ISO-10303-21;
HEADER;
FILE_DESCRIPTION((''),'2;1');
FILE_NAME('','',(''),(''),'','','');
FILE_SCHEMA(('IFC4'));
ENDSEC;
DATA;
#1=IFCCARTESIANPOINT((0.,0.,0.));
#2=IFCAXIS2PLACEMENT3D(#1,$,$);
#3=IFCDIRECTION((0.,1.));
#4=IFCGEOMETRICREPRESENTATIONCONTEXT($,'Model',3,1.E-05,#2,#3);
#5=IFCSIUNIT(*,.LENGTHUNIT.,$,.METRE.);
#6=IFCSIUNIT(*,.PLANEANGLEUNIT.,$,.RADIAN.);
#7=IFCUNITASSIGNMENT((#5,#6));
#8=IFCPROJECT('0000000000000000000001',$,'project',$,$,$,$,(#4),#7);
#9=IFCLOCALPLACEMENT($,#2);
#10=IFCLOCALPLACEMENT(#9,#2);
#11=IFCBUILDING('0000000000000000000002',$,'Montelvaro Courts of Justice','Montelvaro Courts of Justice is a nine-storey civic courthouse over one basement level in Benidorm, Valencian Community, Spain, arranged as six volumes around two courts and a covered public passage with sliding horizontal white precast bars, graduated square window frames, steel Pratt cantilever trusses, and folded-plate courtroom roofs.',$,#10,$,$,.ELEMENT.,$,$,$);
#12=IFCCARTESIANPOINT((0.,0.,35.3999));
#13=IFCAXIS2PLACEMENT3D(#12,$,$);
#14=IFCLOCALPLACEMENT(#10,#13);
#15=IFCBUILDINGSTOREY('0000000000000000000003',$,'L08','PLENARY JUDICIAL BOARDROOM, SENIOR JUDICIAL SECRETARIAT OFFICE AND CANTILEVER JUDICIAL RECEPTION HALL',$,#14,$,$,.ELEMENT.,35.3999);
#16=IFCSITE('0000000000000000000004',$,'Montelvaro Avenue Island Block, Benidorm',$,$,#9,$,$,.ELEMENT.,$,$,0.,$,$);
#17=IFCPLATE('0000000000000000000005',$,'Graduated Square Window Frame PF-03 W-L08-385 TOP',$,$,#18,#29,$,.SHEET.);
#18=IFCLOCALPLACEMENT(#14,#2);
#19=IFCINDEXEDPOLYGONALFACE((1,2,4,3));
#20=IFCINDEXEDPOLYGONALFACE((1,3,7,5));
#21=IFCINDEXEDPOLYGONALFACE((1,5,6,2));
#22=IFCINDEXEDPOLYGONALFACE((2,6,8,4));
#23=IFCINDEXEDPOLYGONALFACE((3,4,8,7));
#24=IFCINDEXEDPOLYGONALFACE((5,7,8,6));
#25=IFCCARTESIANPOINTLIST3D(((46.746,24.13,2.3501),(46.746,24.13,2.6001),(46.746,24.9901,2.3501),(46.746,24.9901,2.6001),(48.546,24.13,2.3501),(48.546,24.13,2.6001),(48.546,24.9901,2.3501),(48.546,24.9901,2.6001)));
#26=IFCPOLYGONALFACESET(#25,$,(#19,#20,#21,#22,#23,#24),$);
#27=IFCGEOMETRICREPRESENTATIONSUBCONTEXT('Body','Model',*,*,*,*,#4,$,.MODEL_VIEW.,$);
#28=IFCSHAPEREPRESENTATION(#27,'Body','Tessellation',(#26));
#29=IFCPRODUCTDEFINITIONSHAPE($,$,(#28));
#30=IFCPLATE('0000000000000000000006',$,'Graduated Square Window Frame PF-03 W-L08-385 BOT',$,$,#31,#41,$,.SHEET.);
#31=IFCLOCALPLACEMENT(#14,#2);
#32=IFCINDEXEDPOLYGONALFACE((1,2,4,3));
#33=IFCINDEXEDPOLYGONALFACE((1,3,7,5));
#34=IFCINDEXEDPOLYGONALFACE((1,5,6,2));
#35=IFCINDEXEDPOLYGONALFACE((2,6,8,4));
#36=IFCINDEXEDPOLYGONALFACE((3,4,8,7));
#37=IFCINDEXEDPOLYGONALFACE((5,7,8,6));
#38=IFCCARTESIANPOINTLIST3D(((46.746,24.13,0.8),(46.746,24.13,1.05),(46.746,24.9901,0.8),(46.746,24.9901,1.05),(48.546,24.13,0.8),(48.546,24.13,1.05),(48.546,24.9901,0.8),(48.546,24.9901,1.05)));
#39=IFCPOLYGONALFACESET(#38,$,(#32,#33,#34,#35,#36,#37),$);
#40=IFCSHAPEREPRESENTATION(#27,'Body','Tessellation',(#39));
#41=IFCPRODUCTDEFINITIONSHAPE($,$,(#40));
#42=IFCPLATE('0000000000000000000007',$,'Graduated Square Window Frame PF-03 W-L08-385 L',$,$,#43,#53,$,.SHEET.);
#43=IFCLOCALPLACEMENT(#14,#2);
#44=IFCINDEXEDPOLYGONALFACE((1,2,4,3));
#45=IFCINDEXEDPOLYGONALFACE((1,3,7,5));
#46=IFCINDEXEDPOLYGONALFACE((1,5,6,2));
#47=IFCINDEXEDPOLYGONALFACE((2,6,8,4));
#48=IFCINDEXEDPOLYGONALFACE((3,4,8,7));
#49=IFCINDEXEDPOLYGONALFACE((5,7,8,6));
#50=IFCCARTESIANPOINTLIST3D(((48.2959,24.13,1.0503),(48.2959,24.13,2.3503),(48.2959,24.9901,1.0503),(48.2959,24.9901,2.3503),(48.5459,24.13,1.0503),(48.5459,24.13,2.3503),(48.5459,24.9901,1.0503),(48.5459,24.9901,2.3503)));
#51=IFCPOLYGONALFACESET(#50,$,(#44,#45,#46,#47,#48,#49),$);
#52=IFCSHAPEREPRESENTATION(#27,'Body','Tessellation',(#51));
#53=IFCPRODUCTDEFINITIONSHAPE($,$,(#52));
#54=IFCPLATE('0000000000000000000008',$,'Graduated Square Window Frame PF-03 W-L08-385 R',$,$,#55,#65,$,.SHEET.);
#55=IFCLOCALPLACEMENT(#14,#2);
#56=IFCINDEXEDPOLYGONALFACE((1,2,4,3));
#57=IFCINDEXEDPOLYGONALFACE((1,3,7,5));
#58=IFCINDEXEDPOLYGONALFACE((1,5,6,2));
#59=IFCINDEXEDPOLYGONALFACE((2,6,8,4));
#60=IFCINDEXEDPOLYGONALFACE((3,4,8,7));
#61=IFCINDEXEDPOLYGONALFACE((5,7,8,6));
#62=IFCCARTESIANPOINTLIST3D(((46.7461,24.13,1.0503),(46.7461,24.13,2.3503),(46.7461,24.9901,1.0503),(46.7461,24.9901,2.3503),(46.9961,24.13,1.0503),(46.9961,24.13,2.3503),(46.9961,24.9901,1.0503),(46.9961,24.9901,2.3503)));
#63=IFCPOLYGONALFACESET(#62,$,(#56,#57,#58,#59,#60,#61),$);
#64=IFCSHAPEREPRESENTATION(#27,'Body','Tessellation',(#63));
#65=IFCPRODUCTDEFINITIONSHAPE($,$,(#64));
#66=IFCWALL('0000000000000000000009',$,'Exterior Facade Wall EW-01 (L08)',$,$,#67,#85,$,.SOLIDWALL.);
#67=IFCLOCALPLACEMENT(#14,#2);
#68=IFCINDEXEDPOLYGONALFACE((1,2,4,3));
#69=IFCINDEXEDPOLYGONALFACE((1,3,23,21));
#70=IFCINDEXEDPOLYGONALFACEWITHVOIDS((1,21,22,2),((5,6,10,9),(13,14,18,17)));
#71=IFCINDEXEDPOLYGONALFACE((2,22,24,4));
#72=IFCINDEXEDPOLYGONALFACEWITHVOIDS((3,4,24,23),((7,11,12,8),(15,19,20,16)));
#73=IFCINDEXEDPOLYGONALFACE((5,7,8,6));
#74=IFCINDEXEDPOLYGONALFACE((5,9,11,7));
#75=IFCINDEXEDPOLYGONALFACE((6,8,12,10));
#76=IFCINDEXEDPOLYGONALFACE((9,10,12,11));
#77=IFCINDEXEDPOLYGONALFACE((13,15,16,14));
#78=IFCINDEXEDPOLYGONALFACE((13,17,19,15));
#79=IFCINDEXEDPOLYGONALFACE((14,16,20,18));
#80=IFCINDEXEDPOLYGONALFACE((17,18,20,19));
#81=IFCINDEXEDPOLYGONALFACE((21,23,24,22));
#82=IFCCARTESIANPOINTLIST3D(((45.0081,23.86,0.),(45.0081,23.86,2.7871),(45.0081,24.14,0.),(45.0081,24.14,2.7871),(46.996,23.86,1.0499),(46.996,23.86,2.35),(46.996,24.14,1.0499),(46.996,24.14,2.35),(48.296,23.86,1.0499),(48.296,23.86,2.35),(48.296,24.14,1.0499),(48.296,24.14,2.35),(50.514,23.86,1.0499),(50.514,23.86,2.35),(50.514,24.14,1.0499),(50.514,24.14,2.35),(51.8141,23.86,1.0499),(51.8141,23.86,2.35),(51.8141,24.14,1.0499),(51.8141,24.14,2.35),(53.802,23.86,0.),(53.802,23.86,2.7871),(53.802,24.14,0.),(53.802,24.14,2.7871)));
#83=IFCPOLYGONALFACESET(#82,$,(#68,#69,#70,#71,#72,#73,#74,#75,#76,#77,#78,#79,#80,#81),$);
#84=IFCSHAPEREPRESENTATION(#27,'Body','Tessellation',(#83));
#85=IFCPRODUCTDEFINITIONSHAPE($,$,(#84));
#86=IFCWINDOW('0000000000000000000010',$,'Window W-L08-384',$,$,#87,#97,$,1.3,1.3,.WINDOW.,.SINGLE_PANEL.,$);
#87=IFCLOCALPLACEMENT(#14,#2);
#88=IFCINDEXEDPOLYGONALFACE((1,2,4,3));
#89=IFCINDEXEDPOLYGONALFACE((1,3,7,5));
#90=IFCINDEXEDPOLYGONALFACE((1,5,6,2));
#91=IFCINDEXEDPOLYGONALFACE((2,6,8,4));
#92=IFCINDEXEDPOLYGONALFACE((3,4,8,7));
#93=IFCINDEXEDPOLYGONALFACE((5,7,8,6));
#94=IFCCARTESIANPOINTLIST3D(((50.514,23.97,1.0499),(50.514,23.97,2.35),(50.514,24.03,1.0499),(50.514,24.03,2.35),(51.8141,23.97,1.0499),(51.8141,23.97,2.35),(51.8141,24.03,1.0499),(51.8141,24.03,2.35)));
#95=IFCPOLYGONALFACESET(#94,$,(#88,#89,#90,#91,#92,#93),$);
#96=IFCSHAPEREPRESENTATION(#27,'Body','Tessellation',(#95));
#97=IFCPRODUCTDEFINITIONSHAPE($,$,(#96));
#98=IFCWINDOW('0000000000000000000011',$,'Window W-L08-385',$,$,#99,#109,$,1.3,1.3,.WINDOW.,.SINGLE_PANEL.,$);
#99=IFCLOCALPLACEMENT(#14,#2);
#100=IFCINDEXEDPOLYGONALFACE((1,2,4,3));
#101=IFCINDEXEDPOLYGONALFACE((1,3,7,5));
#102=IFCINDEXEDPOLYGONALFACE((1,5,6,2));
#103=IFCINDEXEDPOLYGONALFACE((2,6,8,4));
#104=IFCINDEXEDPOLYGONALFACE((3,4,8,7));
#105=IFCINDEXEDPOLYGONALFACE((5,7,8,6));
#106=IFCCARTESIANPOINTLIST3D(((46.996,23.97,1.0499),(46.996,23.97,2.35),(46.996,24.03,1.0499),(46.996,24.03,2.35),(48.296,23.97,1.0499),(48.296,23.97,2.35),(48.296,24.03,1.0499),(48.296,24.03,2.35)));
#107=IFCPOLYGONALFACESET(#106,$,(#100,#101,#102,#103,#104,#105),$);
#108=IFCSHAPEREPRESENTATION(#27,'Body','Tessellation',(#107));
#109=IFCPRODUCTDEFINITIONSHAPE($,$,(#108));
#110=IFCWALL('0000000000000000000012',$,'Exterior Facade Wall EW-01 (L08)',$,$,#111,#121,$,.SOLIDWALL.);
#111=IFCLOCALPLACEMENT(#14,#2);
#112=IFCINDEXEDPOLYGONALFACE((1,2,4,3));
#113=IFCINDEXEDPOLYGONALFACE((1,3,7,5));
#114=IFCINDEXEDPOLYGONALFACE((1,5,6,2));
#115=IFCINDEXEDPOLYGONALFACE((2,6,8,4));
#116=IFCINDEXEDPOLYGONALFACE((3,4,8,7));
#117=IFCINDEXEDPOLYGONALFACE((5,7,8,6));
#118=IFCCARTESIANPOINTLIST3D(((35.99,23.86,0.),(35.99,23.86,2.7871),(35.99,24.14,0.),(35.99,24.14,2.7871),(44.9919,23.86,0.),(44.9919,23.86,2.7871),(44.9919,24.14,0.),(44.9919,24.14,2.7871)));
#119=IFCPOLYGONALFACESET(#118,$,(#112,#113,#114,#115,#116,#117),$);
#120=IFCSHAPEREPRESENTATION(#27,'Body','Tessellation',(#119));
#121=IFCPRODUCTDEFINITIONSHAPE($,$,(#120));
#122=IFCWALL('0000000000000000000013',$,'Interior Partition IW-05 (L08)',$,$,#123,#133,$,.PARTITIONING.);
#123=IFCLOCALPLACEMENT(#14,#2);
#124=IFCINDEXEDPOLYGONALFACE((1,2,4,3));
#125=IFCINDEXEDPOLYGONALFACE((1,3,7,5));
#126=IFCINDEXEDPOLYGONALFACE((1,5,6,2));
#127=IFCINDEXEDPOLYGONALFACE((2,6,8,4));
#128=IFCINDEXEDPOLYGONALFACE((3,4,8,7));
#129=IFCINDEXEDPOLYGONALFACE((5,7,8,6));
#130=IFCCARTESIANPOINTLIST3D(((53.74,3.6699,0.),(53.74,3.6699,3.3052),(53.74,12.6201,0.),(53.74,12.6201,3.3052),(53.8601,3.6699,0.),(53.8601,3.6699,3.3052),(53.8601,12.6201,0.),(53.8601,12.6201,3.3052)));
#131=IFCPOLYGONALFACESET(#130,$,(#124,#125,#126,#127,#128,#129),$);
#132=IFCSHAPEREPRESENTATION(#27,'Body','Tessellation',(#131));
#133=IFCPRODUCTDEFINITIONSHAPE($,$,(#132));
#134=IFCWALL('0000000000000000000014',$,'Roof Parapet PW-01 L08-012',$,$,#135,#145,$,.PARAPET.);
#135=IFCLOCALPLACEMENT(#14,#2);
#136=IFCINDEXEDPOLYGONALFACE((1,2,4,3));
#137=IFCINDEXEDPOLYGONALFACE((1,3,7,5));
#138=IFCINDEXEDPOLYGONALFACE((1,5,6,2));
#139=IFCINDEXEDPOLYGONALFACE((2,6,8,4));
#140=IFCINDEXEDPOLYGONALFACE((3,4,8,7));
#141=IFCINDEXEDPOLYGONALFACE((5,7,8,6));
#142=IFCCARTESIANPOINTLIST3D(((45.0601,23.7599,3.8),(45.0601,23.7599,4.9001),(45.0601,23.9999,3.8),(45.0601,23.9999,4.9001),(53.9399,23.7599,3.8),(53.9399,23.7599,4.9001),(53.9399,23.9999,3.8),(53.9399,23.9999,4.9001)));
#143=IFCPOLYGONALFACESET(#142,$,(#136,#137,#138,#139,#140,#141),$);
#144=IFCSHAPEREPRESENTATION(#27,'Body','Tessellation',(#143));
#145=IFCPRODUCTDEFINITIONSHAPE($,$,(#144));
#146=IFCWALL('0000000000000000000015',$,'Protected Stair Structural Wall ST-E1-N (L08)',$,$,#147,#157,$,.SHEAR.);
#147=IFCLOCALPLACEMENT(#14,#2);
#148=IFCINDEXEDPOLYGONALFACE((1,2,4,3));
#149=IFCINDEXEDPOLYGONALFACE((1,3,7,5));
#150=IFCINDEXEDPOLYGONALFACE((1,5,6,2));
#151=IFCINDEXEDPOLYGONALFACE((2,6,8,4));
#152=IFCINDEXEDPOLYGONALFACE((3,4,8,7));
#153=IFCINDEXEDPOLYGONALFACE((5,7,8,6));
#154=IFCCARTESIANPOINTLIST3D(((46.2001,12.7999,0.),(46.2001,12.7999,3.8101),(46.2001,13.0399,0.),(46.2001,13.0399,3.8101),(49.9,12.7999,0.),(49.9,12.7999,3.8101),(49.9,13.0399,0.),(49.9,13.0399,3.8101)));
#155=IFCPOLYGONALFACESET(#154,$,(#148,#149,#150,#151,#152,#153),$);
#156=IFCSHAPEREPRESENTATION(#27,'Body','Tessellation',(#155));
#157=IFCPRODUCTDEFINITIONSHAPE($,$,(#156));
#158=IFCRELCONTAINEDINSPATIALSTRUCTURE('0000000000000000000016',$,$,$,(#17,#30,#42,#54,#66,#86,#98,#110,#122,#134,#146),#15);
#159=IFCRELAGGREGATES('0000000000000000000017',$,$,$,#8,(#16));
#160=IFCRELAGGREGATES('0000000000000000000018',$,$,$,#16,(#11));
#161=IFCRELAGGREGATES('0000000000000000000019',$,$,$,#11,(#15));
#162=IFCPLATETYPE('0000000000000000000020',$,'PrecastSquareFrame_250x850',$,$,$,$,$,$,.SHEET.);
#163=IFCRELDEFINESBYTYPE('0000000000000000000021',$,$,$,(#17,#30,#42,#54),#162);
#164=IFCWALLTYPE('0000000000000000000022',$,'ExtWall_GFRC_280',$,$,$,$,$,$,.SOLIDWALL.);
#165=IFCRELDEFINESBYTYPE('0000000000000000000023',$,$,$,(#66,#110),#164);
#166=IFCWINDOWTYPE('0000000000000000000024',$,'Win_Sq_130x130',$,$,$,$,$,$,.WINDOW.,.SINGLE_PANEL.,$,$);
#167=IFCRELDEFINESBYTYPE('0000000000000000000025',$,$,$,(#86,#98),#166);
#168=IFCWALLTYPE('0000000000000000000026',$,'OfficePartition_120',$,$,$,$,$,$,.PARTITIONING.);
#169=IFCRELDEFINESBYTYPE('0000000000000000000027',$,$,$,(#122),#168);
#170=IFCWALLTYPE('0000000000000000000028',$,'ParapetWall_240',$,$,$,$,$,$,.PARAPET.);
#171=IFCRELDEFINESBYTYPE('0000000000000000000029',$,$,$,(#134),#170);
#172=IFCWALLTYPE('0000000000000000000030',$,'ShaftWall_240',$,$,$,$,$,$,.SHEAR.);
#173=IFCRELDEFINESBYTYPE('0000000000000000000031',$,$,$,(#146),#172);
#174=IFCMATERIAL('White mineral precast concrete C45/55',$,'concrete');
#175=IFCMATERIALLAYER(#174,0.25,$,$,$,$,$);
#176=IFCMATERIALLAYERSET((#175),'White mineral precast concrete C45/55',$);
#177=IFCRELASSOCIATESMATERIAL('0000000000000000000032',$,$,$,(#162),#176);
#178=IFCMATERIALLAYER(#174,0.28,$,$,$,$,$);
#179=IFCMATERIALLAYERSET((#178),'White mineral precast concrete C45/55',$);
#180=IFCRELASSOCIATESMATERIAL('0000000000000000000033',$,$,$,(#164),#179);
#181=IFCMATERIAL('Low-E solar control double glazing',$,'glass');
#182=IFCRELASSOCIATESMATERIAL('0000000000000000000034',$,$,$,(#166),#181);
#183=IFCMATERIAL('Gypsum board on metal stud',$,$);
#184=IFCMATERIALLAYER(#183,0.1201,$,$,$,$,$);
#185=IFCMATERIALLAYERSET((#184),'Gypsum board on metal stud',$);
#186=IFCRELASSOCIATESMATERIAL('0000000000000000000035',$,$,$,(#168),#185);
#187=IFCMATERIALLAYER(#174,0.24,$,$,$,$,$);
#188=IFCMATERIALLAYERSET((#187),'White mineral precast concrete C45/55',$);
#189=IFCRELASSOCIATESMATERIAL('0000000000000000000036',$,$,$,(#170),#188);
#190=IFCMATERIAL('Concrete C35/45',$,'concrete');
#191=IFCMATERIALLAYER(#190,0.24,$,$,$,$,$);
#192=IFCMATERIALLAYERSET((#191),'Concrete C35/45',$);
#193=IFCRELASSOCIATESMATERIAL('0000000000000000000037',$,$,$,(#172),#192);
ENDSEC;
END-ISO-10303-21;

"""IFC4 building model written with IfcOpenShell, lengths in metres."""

from ifc_helpers import new_model, si_unit, direction, frame, frame_2d, origin, origin_2d, place, context, subcontext, project, spatial, rectangle, extrude, material, layer, layer_set, type_object, element, fill, save


model = new_model("IFC4")

# Units and contexts
model_context = context("Model", 3, precision=1e-05, world=origin(), true_north=direction((0.0, 1.0)))
body_context = subcontext(model_context, "Body", "Model", "MODEL_VIEW")
ifc_project = project(units=[si_unit("LENGTHUNIT", "METRE"), si_unit("PLANEANGLEUNIT", "RADIAN")], contexts=[model_context])

# Site, building, storey
site_placement = place(None, origin())
site = spatial("IfcSite", under=ifc_project, at=site_placement, Name="Montelvaro Avenue Island Block, Benidorm", CompositionType="ELEMENT", RefElevation=0.0)
building_placement = place(site_placement, origin())
building = spatial("IfcBuilding", under=site, at=building_placement, Name="Montelvaro Courts of Justice", Description="Montelvaro Courts of Justice is a nine-storey civic courthouse over one basement level in Benidorm, Valencian Community, Spain, arranged as six volumes around two courts and a covered public passage with sliding horizontal white precast bars, graduated square window frames, steel Pratt cantilever trusses, and folded-plate courtroom roofs.", CompositionType="ELEMENT")
storey_placement = place(building_placement, frame((0.0, 0.0, 35.3999)))
storey = spatial("IfcBuildingStorey", under=building, at=storey_placement, Name="L08", Description="PLENARY JUDICIAL BOARDROOM, SENIOR JUDICIAL SECRETARIAT OFFICE AND CANTILEVER JUDICIAL RECEPTION HALL", CompositionType="ELEMENT", Elevation=35.3999)

# Plates
ifc_material_1 = material(Name="White mineral precast concrete C45/55", Category="concrete")
ifc_layer_1 = layer(ifc_material_1, 0.25)
ifc_layer_set_1 = layer_set([ifc_layer_1], Name="White mineral precast concrete C45/55")
plate_type_1 = type_object("IfcPlateType", Name="PrecastSquareFrame_250x850", PredefinedType="SHEET", material=ifc_layer_set_1)
for number, where, z_axis, x_axis, name in (
    (1, (47.646, 24.5601, 2.3501), (0.0, 0.0, 1.0), (-1.0, 0.0, 0.0), "Graduated Square Window Frame PF-03 W-L08-385 TOP"),
    (2, (47.646, 24.5601, 0.8), (0.0, 0.0, 1.0), (-1.0, 0.0, 0.0), "Graduated Square Window Frame PF-03 W-L08-385 BOT"),
):
    element("IfcPlate", number, at=place(storey_placement, frame(where, z_axis=z_axis, x_axis=x_axis)), inside=storey, type_object=plate_type_1, Name=name, PredefinedType="SHEET", context=body_context, shape_type="SweptSolid", body=[
        extrude(rectangle(XDim=1.8, YDim=0.8601, at=origin_2d()), origin(), (0.0, 0.0, 1.0), 0.25),
    ])
for number, where, z_axis, x_axis, name in (
    (3, (48.4209, 24.5601, 1.0503), (0.0, 0.0, 1.0), (-1.0, 0.0, 0.0), "Graduated Square Window Frame PF-03 W-L08-385 L"),
    (4, (46.8711, 24.5601, 1.0503), (0.0, 0.0, 1.0), (-1.0, 0.0, 0.0), "Graduated Square Window Frame PF-03 W-L08-385 R"),
):
    element("IfcPlate", number, at=place(storey_placement, frame(where, z_axis=z_axis, x_axis=x_axis)), inside=storey, type_object=plate_type_1, Name=name, PredefinedType="SHEET", context=body_context, shape_type="SweptSolid", body=[
        extrude(rectangle(XDim=0.25, YDim=0.8601, at=origin_2d()), origin(), (0.0, 0.0, 1.0), 1.3),
    ])

# Wall, openings, windows
ifc_layer_2 = layer(ifc_material_1, 0.28)
ifc_layer_set_2 = layer_set([ifc_layer_2], Name="White mineral precast concrete C45/55")
wall_type_1 = type_object("IfcWallType", Name="ExtWall_GFRC_280", PredefinedType="SOLIDWALL", material=ifc_layer_set_2)
wall_1_placement = place(storey_placement, frame((53.802, 24.0, 0.0), z_axis=(0.0, 0.0, 1.0), x_axis=(-1.0, 0.0, 0.0)))
wall_1 = element("IfcWall", 5, at=wall_1_placement, inside=storey, type_object=wall_type_1, Name="Exterior Facade Wall EW-01 (L08)", PredefinedType="SOLIDWALL", context=body_context, shape_type="SweptSolid", body=[
    extrude(rectangle(XDim=8.7939, YDim=0.28, at=frame_2d((4.397, 0.0))), origin(), (0.0, 0.0, 1.0), 2.7871),
])
opening_1_placement = place(wall_1_placement, frame((1.988, 0.0, 1.05)))
opening_1 = element("IfcOpeningElement", 6, at=opening_1_placement, cuts=wall_1, PredefinedType="OPENING", context=body_context, shape_type="SweptSolid", body=[
    extrude(rectangle(XDim=1.3, YDim=1.3, at=frame_2d((0.6499, 0.6499))), frame((0.0, 0.1548, 0.0), z_axis=(0.0, -1.0, 0.0), x_axis=(1.0, 0.0, 0.0)), (0.0, 0.0, 1.0), 0.3098),
])
opening_2_placement = place(wall_1_placement, frame((5.5061, 0.0, 1.05)))
opening_2 = element("IfcOpeningElement", 7, at=opening_2_placement, cuts=wall_1, PredefinedType="OPENING", context=body_context, shape_type="SweptSolid", body=[
    extrude(rectangle(XDim=1.3, YDim=1.3, at=frame_2d((0.6499, 0.6499))), frame((0.0, 0.1548, 0.0), z_axis=(0.0, -1.0, 0.0), x_axis=(1.0, 0.0, 0.0)), (0.0, 0.0, 1.0), 0.3098),
])
ifc_material_2 = material(Name="Low-E solar control double glazing", Category="glass")
window_type = type_object("IfcWindowType", Name="Win_Sq_130x130", PartitioningType="SINGLE_PANEL", PredefinedType="WINDOW", material=ifc_material_2)
window_1_placement = place(opening_1_placement, origin())
window_1 = element("IfcWindow", 8, at=window_1_placement, inside=storey, type_object=window_type, Name="Window W-L08-384", OverallHeight=1.3, OverallWidth=1.3, PartitioningType="SINGLE_PANEL", PredefinedType="WINDOW", context=body_context, shape_type="SweptSolid", body=[
    extrude(rectangle(XDim=1.3, YDim=1.3, at=frame_2d((0.6499, 0.6499))), frame((0.0, 0.03, 0.0), z_axis=(0.0, -1.0, 0.0), x_axis=(1.0, 0.0, 0.0)), (0.0, 0.0, 1.0), 0.0601),
])
fill(opening_1, window_1)
window_2_placement = place(opening_2_placement, origin())
window_2 = element("IfcWindow", 9, at=window_2_placement, inside=storey, type_object=window_type, Name="Window W-L08-385", OverallHeight=1.3, OverallWidth=1.3, PartitioningType="SINGLE_PANEL", PredefinedType="WINDOW", context=body_context, shape_type="SweptSolid", body=[
    extrude(rectangle(XDim=1.3, YDim=1.3, at=frame_2d((0.6499, 0.6499))), frame((0.0, 0.03, 0.0), z_axis=(0.0, -1.0, 0.0), x_axis=(1.0, 0.0, 0.0)), (0.0, 0.0, 1.0), 0.0601),
])
fill(opening_2, window_2)

# Walls
wall_2_placement = place(storey_placement, frame((44.9919, 24.0, 0.0), z_axis=(0.0, 0.0, 1.0), x_axis=(-1.0, 0.0, 0.0)))
element("IfcWall", 10, at=wall_2_placement, inside=storey, type_object=wall_type_1, Name="Exterior Facade Wall EW-01 (L08)", PredefinedType="SOLIDWALL", context=body_context, shape_type="SweptSolid", body=[
    extrude(rectangle(XDim=9.002, YDim=0.28, at=frame_2d((4.501, 0.0))), origin(), (0.0, 0.0, 1.0), 2.7871),
])
ifc_material_3 = material(Name="Gypsum board on metal stud")
ifc_layer_3 = layer(ifc_material_3, 0.1201)
ifc_layer_set_3 = layer_set([ifc_layer_3], Name="Gypsum board on metal stud")
wall_type_2 = type_object("IfcWallType", Name="OfficePartition_120", PredefinedType="PARTITIONING", material=ifc_layer_set_3)
wall_3_placement = place(storey_placement, frame((53.8, 12.6201, 0.0), z_axis=(0.0, 0.0, 1.0), x_axis=(0.0, -1.0, 0.0)))
element("IfcWall", 11, at=wall_3_placement, inside=storey, type_object=wall_type_2, Name="Interior Partition IW-05 (L08)", PredefinedType="PARTITIONING", context=body_context, shape_type="SweptSolid", body=[
    extrude(rectangle(XDim=8.9502, YDim=0.1201, at=frame_2d((4.4751, 0.0))), origin(), (0.0, 0.0, 1.0), 3.3052),
])
ifc_layer_4 = layer(ifc_material_1, 0.24)
ifc_layer_set_4 = layer_set([ifc_layer_4], Name="White mineral precast concrete C45/55")
wall_type_3 = type_object("IfcWallType", Name="ParapetWall_240", PredefinedType="PARAPET", material=ifc_layer_set_4)
wall_4_placement = place(storey_placement, frame((53.9399, 23.8799, 3.8), z_axis=(0.0, 0.0, 1.0), x_axis=(-1.0, 0.0, 0.0)))
element("IfcWall", 12, at=wall_4_placement, inside=storey, type_object=wall_type_3, Name="Roof Parapet PW-01 L08-012", PredefinedType="PARAPET", context=body_context, shape_type="SweptSolid", body=[
    extrude(rectangle(XDim=8.8799, YDim=0.24, at=frame_2d((4.4399, 0.0))), origin(), (0.0, 0.0, 1.0), 1.1001),
])
ifc_material_4 = material(Name="Concrete C35/45", Category="concrete")
ifc_layer_5 = layer(ifc_material_4, 0.24)
ifc_layer_set_5 = layer_set([ifc_layer_5], Name="Concrete C35/45")
wall_type_4 = type_object("IfcWallType", Name="ShaftWall_240", PredefinedType="SHEAR", material=ifc_layer_set_5)
wall_5_placement = place(storey_placement, frame((46.2, 12.9199, 0.0), z_axis=(0.0, 0.0, 1.0), x_axis=(1.0, 0.0, 0.0)))
element("IfcWall", 13, at=wall_5_placement, inside=storey, type_object=wall_type_4, Name="Protected Stair Structural Wall ST-E1-N (L08)", PredefinedType="SHEAR", context=body_context, shape_type="SweptSolid", body=[
    extrude(rectangle(XDim=3.7, YDim=0.24, at=frame_2d((1.8501, 0.0))), origin(), (0.0, 0.0, 1.0), 3.8101),
])

save(model, "model.ifc")
